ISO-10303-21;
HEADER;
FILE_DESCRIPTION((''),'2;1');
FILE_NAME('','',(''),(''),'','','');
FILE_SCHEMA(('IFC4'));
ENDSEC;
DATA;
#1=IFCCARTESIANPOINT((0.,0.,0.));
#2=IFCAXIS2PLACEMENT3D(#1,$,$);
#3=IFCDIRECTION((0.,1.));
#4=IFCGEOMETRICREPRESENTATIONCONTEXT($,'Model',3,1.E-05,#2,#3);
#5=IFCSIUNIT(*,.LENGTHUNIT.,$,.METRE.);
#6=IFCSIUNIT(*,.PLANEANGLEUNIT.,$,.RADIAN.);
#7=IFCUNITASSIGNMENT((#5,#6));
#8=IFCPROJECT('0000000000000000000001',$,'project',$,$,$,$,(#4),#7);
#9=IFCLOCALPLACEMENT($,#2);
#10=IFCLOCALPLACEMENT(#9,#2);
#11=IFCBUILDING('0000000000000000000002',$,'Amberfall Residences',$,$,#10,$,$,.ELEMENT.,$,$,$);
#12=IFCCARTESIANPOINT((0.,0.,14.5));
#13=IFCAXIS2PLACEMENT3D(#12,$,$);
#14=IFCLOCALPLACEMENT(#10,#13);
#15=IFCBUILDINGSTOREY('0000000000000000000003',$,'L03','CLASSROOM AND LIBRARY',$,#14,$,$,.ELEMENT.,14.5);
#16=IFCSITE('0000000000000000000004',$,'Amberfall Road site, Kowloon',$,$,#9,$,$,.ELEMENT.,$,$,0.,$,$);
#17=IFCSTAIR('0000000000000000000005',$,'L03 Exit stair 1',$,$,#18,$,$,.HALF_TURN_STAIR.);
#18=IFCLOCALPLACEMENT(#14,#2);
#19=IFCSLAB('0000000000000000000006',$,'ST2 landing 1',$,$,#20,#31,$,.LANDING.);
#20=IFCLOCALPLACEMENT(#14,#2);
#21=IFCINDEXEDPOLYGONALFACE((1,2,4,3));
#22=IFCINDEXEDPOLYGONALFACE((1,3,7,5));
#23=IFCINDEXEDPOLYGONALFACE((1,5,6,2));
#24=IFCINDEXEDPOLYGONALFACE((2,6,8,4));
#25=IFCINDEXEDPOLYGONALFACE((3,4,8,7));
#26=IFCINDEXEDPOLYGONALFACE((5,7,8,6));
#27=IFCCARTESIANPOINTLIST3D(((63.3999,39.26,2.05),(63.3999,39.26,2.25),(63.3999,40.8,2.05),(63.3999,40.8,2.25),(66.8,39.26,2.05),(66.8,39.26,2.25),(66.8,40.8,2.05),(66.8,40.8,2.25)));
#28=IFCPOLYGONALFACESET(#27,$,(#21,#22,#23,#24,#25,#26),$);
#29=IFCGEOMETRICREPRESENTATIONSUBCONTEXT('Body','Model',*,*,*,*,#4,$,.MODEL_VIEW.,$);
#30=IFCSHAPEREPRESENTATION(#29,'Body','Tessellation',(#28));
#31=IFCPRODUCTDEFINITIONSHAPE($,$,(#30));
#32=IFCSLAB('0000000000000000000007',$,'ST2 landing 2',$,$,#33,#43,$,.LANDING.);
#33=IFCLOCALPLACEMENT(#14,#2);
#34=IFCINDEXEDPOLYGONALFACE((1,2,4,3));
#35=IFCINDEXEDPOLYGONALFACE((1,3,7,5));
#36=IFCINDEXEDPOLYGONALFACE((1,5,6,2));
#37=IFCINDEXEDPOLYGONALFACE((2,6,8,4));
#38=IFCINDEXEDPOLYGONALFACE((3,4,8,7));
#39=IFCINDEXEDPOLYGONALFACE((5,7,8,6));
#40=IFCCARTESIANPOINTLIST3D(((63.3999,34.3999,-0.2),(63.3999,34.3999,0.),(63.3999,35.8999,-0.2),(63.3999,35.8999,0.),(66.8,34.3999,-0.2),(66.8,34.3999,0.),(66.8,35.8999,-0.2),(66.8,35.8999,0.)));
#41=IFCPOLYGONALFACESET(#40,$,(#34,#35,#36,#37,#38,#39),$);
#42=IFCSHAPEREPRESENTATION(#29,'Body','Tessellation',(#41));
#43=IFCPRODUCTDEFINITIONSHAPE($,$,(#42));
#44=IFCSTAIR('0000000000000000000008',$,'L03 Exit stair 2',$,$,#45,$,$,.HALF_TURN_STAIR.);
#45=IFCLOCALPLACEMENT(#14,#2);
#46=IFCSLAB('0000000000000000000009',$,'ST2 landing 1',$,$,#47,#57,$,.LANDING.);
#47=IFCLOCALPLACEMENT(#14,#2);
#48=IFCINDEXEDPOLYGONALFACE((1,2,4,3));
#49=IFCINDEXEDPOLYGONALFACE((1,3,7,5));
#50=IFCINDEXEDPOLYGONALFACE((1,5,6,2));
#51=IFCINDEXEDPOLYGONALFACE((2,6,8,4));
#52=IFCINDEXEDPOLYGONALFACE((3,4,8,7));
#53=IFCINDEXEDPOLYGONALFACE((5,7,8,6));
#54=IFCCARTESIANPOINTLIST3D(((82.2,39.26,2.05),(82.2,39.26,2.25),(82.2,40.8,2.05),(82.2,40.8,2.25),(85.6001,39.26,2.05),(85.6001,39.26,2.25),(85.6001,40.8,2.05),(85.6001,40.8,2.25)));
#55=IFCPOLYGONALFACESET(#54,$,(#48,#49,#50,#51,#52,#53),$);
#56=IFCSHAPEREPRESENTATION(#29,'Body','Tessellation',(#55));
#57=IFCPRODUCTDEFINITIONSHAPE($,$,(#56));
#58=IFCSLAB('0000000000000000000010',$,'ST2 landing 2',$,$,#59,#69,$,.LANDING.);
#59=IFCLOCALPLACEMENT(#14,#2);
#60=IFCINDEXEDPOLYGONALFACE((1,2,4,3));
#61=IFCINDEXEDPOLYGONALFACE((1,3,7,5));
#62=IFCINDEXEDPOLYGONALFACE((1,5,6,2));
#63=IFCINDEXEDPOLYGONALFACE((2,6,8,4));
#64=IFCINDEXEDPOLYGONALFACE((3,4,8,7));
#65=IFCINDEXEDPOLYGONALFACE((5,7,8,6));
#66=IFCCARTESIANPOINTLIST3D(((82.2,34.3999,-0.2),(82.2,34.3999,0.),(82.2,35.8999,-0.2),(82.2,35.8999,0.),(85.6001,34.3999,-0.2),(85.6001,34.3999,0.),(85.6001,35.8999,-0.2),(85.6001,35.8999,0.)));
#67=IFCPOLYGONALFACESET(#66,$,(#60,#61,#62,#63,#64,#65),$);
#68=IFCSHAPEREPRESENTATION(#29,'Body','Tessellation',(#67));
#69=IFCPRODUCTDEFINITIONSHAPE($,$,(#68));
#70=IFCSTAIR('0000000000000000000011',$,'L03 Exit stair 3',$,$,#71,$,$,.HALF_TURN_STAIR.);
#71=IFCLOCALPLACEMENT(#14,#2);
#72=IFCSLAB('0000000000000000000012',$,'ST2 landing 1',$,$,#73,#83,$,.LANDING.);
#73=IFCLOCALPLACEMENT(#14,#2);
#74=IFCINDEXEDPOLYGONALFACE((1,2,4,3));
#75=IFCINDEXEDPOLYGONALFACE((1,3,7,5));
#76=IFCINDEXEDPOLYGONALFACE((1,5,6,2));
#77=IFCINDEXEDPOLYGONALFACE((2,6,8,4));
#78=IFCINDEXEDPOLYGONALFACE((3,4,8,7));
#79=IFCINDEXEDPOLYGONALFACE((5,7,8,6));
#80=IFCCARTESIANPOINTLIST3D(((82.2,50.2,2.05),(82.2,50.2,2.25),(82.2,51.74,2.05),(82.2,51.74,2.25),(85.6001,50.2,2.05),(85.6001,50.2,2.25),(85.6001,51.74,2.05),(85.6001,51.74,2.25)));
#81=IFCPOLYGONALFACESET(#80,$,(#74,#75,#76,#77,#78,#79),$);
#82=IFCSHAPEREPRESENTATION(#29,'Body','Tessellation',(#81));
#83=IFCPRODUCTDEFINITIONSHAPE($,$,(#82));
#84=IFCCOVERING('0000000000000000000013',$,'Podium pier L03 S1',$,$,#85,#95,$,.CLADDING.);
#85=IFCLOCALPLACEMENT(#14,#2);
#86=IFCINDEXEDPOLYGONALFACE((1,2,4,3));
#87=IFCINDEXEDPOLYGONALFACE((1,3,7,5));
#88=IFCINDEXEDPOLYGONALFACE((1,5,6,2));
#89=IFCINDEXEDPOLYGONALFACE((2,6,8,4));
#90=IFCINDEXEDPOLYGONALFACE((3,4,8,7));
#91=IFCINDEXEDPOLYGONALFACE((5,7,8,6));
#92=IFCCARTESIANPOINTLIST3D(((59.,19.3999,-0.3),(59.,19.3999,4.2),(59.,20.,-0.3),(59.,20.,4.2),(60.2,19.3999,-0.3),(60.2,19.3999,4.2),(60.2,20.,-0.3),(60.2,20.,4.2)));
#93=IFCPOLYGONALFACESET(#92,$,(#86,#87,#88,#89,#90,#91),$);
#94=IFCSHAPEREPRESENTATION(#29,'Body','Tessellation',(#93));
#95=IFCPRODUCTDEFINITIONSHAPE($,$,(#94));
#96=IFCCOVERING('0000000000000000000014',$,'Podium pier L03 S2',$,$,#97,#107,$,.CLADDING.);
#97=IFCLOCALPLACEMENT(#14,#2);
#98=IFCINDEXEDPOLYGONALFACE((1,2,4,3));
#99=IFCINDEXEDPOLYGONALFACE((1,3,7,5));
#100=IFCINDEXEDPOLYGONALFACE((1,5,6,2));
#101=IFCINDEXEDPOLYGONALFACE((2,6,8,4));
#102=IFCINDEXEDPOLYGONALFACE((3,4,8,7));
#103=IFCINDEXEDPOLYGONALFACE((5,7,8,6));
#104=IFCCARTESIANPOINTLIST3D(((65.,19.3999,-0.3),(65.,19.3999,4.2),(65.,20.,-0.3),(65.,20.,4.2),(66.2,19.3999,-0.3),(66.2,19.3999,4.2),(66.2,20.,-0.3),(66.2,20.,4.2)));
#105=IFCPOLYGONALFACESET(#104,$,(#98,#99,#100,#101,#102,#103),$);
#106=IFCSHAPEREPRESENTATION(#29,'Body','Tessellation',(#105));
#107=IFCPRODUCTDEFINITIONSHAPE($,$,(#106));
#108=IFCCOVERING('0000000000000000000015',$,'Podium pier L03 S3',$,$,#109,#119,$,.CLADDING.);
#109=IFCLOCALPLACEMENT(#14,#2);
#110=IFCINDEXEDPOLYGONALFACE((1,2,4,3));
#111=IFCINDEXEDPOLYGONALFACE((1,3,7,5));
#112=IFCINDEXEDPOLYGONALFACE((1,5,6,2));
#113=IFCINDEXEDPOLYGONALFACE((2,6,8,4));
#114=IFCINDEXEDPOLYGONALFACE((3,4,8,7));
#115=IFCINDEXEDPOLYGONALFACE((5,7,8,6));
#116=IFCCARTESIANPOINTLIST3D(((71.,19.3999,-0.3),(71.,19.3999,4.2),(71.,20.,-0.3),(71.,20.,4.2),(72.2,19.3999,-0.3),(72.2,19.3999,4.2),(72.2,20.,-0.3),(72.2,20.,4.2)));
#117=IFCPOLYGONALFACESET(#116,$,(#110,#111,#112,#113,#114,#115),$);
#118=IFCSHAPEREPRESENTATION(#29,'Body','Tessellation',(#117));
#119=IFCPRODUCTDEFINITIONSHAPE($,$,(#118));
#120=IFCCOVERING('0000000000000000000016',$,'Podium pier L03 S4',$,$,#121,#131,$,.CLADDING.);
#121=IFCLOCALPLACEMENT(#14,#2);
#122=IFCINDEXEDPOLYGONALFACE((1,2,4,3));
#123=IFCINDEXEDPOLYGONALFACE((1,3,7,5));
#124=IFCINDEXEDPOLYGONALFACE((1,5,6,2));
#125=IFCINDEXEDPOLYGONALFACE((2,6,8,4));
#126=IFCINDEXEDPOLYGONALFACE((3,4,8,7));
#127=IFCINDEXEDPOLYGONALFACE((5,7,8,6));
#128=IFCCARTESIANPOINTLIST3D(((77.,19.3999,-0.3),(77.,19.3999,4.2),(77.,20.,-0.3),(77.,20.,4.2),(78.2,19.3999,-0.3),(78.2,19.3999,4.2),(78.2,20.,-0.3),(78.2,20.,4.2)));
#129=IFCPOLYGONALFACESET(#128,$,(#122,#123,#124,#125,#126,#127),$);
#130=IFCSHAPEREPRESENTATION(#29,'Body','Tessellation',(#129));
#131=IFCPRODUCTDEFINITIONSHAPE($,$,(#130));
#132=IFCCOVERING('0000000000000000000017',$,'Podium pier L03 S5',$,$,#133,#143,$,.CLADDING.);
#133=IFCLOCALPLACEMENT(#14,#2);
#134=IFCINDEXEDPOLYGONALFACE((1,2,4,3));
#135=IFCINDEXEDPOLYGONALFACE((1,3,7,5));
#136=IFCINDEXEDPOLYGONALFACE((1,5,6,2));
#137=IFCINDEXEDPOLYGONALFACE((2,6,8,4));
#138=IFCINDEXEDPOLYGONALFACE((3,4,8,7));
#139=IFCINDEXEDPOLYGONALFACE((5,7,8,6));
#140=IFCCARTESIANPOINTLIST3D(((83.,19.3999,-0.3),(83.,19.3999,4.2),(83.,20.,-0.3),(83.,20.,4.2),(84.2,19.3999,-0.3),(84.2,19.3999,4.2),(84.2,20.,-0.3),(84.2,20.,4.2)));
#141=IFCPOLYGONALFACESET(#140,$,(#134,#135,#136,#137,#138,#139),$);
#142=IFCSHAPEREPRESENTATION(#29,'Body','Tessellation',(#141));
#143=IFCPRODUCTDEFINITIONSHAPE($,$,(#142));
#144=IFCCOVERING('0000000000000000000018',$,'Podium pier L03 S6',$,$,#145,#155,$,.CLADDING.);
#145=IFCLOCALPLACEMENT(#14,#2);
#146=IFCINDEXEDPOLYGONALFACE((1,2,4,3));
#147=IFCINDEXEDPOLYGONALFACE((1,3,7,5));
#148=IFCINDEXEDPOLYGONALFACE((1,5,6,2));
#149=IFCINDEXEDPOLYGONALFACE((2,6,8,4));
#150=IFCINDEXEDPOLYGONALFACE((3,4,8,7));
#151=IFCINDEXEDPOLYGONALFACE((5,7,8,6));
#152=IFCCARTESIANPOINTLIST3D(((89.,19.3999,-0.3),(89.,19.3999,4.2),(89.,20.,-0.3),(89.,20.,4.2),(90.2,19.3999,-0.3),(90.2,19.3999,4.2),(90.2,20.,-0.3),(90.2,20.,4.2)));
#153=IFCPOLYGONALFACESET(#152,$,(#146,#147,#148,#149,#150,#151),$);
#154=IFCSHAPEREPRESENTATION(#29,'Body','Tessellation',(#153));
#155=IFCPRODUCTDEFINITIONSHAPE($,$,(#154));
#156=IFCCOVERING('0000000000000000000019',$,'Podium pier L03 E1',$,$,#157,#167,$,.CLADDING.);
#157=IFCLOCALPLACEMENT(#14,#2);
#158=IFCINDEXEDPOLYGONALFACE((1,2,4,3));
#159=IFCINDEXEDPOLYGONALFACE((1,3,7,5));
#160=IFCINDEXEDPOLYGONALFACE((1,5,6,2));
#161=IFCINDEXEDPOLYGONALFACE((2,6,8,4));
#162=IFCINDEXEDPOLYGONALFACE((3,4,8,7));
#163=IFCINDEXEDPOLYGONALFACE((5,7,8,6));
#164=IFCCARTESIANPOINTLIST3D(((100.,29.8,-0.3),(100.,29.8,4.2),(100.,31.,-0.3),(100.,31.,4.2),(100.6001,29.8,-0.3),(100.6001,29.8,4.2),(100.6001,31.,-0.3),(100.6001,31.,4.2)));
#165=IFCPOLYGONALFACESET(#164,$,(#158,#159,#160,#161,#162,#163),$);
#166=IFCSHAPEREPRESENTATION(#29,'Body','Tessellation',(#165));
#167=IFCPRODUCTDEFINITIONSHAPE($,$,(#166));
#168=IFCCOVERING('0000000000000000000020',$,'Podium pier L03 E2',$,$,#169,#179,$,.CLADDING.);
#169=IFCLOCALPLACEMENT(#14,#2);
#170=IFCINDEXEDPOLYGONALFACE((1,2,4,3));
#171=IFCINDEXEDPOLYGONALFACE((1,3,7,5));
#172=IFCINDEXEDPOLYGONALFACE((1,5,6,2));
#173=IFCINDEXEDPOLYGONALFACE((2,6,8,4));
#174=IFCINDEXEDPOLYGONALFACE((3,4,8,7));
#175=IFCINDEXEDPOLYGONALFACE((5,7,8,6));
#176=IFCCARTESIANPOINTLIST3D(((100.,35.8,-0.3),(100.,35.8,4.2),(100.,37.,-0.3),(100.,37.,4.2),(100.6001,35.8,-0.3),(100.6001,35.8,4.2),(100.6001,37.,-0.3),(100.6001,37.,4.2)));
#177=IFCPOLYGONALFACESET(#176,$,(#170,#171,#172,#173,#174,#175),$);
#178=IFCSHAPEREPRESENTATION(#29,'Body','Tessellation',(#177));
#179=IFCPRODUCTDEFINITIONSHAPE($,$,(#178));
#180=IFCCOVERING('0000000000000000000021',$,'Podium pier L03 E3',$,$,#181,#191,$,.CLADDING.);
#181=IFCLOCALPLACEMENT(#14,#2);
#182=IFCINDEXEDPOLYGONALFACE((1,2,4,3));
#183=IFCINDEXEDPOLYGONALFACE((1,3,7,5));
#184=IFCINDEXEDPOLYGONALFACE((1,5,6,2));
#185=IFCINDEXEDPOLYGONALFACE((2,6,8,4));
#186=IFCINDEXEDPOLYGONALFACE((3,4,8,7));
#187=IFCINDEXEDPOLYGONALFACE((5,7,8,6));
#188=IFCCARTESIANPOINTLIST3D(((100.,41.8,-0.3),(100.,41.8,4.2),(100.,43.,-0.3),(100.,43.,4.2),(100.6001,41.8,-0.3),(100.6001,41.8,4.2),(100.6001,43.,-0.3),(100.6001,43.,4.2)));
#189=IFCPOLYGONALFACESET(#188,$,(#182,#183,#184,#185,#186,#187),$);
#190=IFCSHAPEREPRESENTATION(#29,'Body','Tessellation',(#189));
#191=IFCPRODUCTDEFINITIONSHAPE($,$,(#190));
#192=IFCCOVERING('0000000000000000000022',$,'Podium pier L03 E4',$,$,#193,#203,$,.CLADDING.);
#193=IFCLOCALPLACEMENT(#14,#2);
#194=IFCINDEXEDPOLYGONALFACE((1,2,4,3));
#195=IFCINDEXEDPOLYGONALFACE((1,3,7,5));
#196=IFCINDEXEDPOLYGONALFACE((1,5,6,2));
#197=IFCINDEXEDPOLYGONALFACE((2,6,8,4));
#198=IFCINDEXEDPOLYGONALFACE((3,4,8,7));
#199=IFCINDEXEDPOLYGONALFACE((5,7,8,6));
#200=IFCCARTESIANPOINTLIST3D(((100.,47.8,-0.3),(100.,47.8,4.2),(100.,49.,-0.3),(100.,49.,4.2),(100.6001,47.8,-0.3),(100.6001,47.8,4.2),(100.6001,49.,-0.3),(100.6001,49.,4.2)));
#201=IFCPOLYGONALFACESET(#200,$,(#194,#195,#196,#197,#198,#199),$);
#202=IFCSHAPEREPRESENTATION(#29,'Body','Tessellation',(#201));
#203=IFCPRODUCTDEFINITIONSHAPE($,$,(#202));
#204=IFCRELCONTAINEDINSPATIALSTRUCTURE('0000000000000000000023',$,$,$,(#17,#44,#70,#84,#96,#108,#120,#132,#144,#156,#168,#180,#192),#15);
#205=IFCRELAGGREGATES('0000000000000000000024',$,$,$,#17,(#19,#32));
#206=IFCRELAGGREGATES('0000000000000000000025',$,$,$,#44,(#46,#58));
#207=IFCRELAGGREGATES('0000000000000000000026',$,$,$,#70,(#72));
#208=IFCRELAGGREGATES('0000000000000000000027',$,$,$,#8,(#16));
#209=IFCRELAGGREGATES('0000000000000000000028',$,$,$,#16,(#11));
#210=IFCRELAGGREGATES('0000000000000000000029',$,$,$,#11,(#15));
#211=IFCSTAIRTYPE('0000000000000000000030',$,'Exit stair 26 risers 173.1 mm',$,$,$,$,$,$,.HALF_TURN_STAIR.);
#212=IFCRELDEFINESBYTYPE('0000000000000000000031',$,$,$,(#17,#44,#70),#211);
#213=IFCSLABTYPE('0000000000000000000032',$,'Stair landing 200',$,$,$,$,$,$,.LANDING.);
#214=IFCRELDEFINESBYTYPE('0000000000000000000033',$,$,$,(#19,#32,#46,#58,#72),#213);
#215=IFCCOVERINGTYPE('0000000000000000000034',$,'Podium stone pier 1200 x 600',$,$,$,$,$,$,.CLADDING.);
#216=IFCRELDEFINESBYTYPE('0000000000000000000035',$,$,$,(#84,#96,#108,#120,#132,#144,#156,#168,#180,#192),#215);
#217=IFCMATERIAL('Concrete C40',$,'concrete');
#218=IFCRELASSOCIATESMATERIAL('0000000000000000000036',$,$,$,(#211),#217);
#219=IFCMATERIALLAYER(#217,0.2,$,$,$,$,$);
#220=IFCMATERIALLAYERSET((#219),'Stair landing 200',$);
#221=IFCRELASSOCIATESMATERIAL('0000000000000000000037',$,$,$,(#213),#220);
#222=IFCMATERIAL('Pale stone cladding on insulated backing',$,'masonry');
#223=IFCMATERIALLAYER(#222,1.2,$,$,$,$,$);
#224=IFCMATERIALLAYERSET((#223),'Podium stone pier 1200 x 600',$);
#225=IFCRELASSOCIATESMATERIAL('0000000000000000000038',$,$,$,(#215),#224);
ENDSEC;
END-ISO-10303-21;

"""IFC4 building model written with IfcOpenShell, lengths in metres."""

from ifc_helpers import new_model, si_unit, direction, frame, origin, place, context, subcontext, project, spatial, polyline, outline, extrude, material, layer, layer_set, type_object, element, aggregate, save


model = new_model("IFC4")

# Units and contexts
model_context = context("Model", 3, precision=1e-05, world=origin(), true_north=direction((0.0, 1.0)))
body_context = subcontext(model_context, "Body", "Model", "MODEL_VIEW")
ifc_project = project(units=[si_unit("LENGTHUNIT", "METRE"), si_unit("PLANEANGLEUNIT", "RADIAN")], contexts=[model_context])

# Site, building, storey
site_placement = place(None, origin())
site = spatial("IfcSite", under=ifc_project, at=site_placement, Name="Amberfall Road site, Kowloon", CompositionType="ELEMENT", RefElevation=0.0)
building_placement = place(site_placement, origin())
building = spatial("IfcBuilding", under=site, at=building_placement, Name="Amberfall Residences", CompositionType="ELEMENT")
storey_placement = place(building_placement, frame((0.0, 0.0, 14.5)))
storey = spatial("IfcBuildingStorey", under=building, at=storey_placement, Name="L03", Description="CLASSROOM AND LIBRARY", CompositionType="ELEMENT", Elevation=14.5)

# Shared definitions
ifc_material_1 = material(Name="Concrete C40", Category="concrete")

# Stairs, slabs
stair_type = type_object("IfcStairType", Name="Exit stair 26 risers 173.1 mm", PredefinedType="HALF_TURN_STAIR", material=ifc_material_1)
stair_1_placement = place(storey_placement, origin())
stair_1 = element("IfcStair", 1, at=stair_1_placement, inside=storey, type_object=stair_type, Name="L03 Exit stair 1", PredefinedType="HALF_TURN_STAIR")
ifc_layer_1 = layer(ifc_material_1, 0.2)
ifc_layer_set_1 = layer_set([ifc_layer_1], Name="Stair landing 200")
slab_type_1 = type_object("IfcSlabType", Name="Stair landing 200", PredefinedType="LANDING", material=ifc_layer_set_1)
slab_1_placement = place(storey_placement, frame((0.0, 0.0, 2.05)))
slab_1 = element("IfcSlab", 2, at=slab_1_placement, type_object=slab_type_1, Name="ST2 landing 1", PredefinedType="LANDING", context=body_context, shape_type="SweptSolid", body=[
    extrude(outline(polyline([(66.8, 39.26), (66.8, 40.8), (63.3999, 40.8), (63.3999, 39.26), (66.8, 39.26)])), origin(), (0.0, 0.0, 1.0), 0.2),
])
slab_2_placement = place(storey_placement, frame((0.0, 0.0, -0.2)))
slab_2 = element("IfcSlab", 3, at=slab_2_placement, type_object=slab_type_1, Name="ST2 landing 2", PredefinedType="LANDING", context=body_context, shape_type="SweptSolid", body=[
    extrude(outline(polyline([(66.8, 34.3999), (66.8, 35.8999), (63.3999, 35.8999), (63.3999, 34.3999), (66.8, 34.3999)])), origin(), (0.0, 0.0, 1.0), 0.2),
])
aggregate(stair_1, [slab_1, slab_2])
stair_2_placement = place(storey_placement, origin())
stair_2 = element("IfcStair", 4, at=stair_2_placement, inside=storey, type_object=stair_type, Name="L03 Exit stair 2", PredefinedType="HALF_TURN_STAIR")
slab_3_placement = place(storey_placement, frame((0.0, 0.0, 2.05)))
slab_3 = element("IfcSlab", 5, at=slab_3_placement, type_object=slab_type_1, Name="ST2 landing 1", PredefinedType="LANDING", context=body_context, shape_type="SweptSolid", body=[
    extrude(outline(polyline([(85.6001, 39.26), (85.6001, 40.8), (82.2, 40.8), (82.2, 39.26), (85.6001, 39.26)])), origin(), (0.0, 0.0, 1.0), 0.2),
])
slab_4_placement = place(storey_placement, frame((0.0, 0.0, -0.2)))
slab_4 = element("IfcSlab", 6, at=slab_4_placement, type_object=slab_type_1, Name="ST2 landing 2", PredefinedType="LANDING", context=body_context, shape_type="SweptSolid", body=[
    extrude(outline(polyline([(85.6001, 34.3999), (85.6001, 35.8999), (82.2, 35.8999), (82.2, 34.3999), (85.6001, 34.3999)])), origin(), (0.0, 0.0, 1.0), 0.2),
])
aggregate(stair_2, [slab_3, slab_4])

# Stair, slab
stair_3_placement = place(storey_placement, origin())
stair_3 = element("IfcStair", 7, at=stair_3_placement, inside=storey, type_object=stair_type, Name="L03 Exit stair 3", PredefinedType="HALF_TURN_STAIR")
slab_5_placement = place(storey_placement, frame((0.0, 0.0, 2.05)))
slab_5 = element("IfcSlab", 8, at=slab_5_placement, type_object=slab_type_1, Name="ST2 landing 1", PredefinedType="LANDING", context=body_context, shape_type="SweptSolid", body=[
    extrude(outline(polyline([(82.2, 51.74), (82.2, 50.2), (85.6001, 50.2), (85.6001, 51.74), (82.2, 51.74)])), origin(), (0.0, 0.0, 1.0), 0.2),
])
aggregate(stair_3, [slab_5])

# Coverings
ifc_material_2 = material(Name="Pale stone cladding on insulated backing", Category="masonry")
ifc_layer_2 = layer(ifc_material_2, 1.2)
ifc_layer_set_2 = layer_set([ifc_layer_2], Name="Podium stone pier 1200 x 600")
covering_type = type_object("IfcCoveringType", Name="Podium stone pier 1200 x 600", PredefinedType="CLADDING", material=ifc_layer_set_2)
covering_1_placement = place(storey_placement, frame((0.0, 0.0, -0.3)))
element("IfcCovering", 9, at=covering_1_placement, inside=storey, type_object=covering_type, Name="Podium pier L03 S1", PredefinedType="CLADDING", context=body_context, shape_type="SweptSolid", body=[
    extrude(outline(polyline([(59.0, 20.0), (60.2, 20.0), (60.2, 19.3999), (59.0, 19.3999), (59.0, 20.0)])), origin(), (0.0, 0.0, 1.0), 4.5),
])
covering_2_placement = place(storey_placement, frame((0.0, 0.0, -0.3)))
element("IfcCovering", 10, at=covering_2_placement, inside=storey, type_object=covering_type, Name="Podium pier L03 S2", PredefinedType="CLADDING", context=body_context, shape_type="SweptSolid", body=[
    extrude(outline(polyline([(65.0, 20.0), (66.2, 20.0), (66.2, 19.3999), (65.0, 19.3999), (65.0, 20.0)])), origin(), (0.0, 0.0, 1.0), 4.5),
])
covering_3_placement = place(storey_placement, frame((0.0, 0.0, -0.3)))
element("IfcCovering", 11, at=covering_3_placement, inside=storey, type_object=covering_type, Name="Podium pier L03 S3", PredefinedType="CLADDING", context=body_context, shape_type="SweptSolid", body=[
    extrude(outline(polyline([(71.0, 20.0), (72.2, 20.0), (72.2, 19.3999), (71.0, 19.3999), (71.0, 20.0)])), origin(), (0.0, 0.0, 1.0), 4.5),
])
covering_4_placement = place(storey_placement, frame((0.0, 0.0, -0.3)))
element("IfcCovering", 12, at=covering_4_placement, inside=storey, type_object=covering_type, Name="Podium pier L03 S4", PredefinedType="CLADDING", context=body_context, shape_type="SweptSolid", body=[
    extrude(outline(polyline([(77.0, 20.0), (78.2, 20.0), (78.2, 19.3999), (77.0, 19.3999), (77.0, 20.0)])), origin(), (0.0, 0.0, 1.0), 4.5),
])
covering_5_placement = place(storey_placement, frame((0.0, 0.0, -0.3)))
element("IfcCovering", 13, at=covering_5_placement, inside=storey, type_object=covering_type, Name="Podium pier L03 S5", PredefinedType="CLADDING", context=body_context, shape_type="SweptSolid", body=[
    extrude(outline(polyline([(83.0, 20.0), (84.2, 20.0), (84.2, 19.3999), (83.0, 19.3999), (83.0, 20.0)])), origin(), (0.0, 0.0, 1.0), 4.5),
])
covering_6_placement = place(storey_placement, frame((0.0, 0.0, -0.3)))
element("IfcCovering", 14, at=covering_6_placement, inside=storey, type_object=covering_type, Name="Podium pier L03 S6", PredefinedType="CLADDING", context=body_context, shape_type="SweptSolid", body=[
    extrude(outline(polyline([(89.0, 20.0), (90.2, 20.0), (90.2, 19.3999), (89.0, 19.3999), (89.0, 20.0)])), origin(), (0.0, 0.0, 1.0), 4.5),
])
covering_7_placement = place(storey_placement, frame((0.0, 0.0, -0.3)))
element("IfcCovering", 15, at=covering_7_placement, inside=storey, type_object=covering_type, Name="Podium pier L03 E1", PredefinedType="CLADDING", context=body_context, shape_type="SweptSolid", body=[
    extrude(outline(polyline([(100.0, 29.8), (100.0, 31.0), (100.6001, 31.0), (100.6001, 29.8), (100.0, 29.8)])), origin(), (0.0, 0.0, 1.0), 4.5),
])
covering_8_placement = place(storey_placement, frame((0.0, 0.0, -0.3)))
element("IfcCovering", 16, at=covering_8_placement, inside=storey, type_object=covering_type, Name="Podium pier L03 E2", PredefinedType="CLADDING", context=body_context, shape_type="SweptSolid", body=[
    extrude(outline(polyline([(100.0, 35.8), (100.0, 37.0), (100.6001, 37.0), (100.6001, 35.8), (100.0, 35.8)])), origin(), (0.0, 0.0, 1.0), 4.5),
])
covering_9_placement = place(storey_placement, frame((0.0, 0.0, -0.3)))
element("IfcCovering", 17, at=covering_9_placement, inside=storey, type_object=covering_type, Name="Podium pier L03 E3", PredefinedType="CLADDING", context=body_context, shape_type="SweptSolid", body=[
    extrude(outline(polyline([(100.0, 41.8), (100.0, 43.0), (100.6001, 43.0), (100.6001, 41.8), (100.0, 41.8)])), origin(), (0.0, 0.0, 1.0), 4.5),
])
covering_10_placement = place(storey_placement, frame((0.0, 0.0, -0.3)))
element("IfcCovering", 18, at=covering_10_placement, inside=storey, type_object=covering_type, Name="Podium pier L03 E4", PredefinedType="CLADDING", context=body_context, shape_type="SweptSolid", body=[
    extrude(outline(polyline([(100.0, 47.8), (100.0, 49.0), (100.6001, 49.0), (100.6001, 47.8), (100.0, 47.8)])), origin(), (0.0, 0.0, 1.0), 4.5),
])

save(model, "model.ifc")
